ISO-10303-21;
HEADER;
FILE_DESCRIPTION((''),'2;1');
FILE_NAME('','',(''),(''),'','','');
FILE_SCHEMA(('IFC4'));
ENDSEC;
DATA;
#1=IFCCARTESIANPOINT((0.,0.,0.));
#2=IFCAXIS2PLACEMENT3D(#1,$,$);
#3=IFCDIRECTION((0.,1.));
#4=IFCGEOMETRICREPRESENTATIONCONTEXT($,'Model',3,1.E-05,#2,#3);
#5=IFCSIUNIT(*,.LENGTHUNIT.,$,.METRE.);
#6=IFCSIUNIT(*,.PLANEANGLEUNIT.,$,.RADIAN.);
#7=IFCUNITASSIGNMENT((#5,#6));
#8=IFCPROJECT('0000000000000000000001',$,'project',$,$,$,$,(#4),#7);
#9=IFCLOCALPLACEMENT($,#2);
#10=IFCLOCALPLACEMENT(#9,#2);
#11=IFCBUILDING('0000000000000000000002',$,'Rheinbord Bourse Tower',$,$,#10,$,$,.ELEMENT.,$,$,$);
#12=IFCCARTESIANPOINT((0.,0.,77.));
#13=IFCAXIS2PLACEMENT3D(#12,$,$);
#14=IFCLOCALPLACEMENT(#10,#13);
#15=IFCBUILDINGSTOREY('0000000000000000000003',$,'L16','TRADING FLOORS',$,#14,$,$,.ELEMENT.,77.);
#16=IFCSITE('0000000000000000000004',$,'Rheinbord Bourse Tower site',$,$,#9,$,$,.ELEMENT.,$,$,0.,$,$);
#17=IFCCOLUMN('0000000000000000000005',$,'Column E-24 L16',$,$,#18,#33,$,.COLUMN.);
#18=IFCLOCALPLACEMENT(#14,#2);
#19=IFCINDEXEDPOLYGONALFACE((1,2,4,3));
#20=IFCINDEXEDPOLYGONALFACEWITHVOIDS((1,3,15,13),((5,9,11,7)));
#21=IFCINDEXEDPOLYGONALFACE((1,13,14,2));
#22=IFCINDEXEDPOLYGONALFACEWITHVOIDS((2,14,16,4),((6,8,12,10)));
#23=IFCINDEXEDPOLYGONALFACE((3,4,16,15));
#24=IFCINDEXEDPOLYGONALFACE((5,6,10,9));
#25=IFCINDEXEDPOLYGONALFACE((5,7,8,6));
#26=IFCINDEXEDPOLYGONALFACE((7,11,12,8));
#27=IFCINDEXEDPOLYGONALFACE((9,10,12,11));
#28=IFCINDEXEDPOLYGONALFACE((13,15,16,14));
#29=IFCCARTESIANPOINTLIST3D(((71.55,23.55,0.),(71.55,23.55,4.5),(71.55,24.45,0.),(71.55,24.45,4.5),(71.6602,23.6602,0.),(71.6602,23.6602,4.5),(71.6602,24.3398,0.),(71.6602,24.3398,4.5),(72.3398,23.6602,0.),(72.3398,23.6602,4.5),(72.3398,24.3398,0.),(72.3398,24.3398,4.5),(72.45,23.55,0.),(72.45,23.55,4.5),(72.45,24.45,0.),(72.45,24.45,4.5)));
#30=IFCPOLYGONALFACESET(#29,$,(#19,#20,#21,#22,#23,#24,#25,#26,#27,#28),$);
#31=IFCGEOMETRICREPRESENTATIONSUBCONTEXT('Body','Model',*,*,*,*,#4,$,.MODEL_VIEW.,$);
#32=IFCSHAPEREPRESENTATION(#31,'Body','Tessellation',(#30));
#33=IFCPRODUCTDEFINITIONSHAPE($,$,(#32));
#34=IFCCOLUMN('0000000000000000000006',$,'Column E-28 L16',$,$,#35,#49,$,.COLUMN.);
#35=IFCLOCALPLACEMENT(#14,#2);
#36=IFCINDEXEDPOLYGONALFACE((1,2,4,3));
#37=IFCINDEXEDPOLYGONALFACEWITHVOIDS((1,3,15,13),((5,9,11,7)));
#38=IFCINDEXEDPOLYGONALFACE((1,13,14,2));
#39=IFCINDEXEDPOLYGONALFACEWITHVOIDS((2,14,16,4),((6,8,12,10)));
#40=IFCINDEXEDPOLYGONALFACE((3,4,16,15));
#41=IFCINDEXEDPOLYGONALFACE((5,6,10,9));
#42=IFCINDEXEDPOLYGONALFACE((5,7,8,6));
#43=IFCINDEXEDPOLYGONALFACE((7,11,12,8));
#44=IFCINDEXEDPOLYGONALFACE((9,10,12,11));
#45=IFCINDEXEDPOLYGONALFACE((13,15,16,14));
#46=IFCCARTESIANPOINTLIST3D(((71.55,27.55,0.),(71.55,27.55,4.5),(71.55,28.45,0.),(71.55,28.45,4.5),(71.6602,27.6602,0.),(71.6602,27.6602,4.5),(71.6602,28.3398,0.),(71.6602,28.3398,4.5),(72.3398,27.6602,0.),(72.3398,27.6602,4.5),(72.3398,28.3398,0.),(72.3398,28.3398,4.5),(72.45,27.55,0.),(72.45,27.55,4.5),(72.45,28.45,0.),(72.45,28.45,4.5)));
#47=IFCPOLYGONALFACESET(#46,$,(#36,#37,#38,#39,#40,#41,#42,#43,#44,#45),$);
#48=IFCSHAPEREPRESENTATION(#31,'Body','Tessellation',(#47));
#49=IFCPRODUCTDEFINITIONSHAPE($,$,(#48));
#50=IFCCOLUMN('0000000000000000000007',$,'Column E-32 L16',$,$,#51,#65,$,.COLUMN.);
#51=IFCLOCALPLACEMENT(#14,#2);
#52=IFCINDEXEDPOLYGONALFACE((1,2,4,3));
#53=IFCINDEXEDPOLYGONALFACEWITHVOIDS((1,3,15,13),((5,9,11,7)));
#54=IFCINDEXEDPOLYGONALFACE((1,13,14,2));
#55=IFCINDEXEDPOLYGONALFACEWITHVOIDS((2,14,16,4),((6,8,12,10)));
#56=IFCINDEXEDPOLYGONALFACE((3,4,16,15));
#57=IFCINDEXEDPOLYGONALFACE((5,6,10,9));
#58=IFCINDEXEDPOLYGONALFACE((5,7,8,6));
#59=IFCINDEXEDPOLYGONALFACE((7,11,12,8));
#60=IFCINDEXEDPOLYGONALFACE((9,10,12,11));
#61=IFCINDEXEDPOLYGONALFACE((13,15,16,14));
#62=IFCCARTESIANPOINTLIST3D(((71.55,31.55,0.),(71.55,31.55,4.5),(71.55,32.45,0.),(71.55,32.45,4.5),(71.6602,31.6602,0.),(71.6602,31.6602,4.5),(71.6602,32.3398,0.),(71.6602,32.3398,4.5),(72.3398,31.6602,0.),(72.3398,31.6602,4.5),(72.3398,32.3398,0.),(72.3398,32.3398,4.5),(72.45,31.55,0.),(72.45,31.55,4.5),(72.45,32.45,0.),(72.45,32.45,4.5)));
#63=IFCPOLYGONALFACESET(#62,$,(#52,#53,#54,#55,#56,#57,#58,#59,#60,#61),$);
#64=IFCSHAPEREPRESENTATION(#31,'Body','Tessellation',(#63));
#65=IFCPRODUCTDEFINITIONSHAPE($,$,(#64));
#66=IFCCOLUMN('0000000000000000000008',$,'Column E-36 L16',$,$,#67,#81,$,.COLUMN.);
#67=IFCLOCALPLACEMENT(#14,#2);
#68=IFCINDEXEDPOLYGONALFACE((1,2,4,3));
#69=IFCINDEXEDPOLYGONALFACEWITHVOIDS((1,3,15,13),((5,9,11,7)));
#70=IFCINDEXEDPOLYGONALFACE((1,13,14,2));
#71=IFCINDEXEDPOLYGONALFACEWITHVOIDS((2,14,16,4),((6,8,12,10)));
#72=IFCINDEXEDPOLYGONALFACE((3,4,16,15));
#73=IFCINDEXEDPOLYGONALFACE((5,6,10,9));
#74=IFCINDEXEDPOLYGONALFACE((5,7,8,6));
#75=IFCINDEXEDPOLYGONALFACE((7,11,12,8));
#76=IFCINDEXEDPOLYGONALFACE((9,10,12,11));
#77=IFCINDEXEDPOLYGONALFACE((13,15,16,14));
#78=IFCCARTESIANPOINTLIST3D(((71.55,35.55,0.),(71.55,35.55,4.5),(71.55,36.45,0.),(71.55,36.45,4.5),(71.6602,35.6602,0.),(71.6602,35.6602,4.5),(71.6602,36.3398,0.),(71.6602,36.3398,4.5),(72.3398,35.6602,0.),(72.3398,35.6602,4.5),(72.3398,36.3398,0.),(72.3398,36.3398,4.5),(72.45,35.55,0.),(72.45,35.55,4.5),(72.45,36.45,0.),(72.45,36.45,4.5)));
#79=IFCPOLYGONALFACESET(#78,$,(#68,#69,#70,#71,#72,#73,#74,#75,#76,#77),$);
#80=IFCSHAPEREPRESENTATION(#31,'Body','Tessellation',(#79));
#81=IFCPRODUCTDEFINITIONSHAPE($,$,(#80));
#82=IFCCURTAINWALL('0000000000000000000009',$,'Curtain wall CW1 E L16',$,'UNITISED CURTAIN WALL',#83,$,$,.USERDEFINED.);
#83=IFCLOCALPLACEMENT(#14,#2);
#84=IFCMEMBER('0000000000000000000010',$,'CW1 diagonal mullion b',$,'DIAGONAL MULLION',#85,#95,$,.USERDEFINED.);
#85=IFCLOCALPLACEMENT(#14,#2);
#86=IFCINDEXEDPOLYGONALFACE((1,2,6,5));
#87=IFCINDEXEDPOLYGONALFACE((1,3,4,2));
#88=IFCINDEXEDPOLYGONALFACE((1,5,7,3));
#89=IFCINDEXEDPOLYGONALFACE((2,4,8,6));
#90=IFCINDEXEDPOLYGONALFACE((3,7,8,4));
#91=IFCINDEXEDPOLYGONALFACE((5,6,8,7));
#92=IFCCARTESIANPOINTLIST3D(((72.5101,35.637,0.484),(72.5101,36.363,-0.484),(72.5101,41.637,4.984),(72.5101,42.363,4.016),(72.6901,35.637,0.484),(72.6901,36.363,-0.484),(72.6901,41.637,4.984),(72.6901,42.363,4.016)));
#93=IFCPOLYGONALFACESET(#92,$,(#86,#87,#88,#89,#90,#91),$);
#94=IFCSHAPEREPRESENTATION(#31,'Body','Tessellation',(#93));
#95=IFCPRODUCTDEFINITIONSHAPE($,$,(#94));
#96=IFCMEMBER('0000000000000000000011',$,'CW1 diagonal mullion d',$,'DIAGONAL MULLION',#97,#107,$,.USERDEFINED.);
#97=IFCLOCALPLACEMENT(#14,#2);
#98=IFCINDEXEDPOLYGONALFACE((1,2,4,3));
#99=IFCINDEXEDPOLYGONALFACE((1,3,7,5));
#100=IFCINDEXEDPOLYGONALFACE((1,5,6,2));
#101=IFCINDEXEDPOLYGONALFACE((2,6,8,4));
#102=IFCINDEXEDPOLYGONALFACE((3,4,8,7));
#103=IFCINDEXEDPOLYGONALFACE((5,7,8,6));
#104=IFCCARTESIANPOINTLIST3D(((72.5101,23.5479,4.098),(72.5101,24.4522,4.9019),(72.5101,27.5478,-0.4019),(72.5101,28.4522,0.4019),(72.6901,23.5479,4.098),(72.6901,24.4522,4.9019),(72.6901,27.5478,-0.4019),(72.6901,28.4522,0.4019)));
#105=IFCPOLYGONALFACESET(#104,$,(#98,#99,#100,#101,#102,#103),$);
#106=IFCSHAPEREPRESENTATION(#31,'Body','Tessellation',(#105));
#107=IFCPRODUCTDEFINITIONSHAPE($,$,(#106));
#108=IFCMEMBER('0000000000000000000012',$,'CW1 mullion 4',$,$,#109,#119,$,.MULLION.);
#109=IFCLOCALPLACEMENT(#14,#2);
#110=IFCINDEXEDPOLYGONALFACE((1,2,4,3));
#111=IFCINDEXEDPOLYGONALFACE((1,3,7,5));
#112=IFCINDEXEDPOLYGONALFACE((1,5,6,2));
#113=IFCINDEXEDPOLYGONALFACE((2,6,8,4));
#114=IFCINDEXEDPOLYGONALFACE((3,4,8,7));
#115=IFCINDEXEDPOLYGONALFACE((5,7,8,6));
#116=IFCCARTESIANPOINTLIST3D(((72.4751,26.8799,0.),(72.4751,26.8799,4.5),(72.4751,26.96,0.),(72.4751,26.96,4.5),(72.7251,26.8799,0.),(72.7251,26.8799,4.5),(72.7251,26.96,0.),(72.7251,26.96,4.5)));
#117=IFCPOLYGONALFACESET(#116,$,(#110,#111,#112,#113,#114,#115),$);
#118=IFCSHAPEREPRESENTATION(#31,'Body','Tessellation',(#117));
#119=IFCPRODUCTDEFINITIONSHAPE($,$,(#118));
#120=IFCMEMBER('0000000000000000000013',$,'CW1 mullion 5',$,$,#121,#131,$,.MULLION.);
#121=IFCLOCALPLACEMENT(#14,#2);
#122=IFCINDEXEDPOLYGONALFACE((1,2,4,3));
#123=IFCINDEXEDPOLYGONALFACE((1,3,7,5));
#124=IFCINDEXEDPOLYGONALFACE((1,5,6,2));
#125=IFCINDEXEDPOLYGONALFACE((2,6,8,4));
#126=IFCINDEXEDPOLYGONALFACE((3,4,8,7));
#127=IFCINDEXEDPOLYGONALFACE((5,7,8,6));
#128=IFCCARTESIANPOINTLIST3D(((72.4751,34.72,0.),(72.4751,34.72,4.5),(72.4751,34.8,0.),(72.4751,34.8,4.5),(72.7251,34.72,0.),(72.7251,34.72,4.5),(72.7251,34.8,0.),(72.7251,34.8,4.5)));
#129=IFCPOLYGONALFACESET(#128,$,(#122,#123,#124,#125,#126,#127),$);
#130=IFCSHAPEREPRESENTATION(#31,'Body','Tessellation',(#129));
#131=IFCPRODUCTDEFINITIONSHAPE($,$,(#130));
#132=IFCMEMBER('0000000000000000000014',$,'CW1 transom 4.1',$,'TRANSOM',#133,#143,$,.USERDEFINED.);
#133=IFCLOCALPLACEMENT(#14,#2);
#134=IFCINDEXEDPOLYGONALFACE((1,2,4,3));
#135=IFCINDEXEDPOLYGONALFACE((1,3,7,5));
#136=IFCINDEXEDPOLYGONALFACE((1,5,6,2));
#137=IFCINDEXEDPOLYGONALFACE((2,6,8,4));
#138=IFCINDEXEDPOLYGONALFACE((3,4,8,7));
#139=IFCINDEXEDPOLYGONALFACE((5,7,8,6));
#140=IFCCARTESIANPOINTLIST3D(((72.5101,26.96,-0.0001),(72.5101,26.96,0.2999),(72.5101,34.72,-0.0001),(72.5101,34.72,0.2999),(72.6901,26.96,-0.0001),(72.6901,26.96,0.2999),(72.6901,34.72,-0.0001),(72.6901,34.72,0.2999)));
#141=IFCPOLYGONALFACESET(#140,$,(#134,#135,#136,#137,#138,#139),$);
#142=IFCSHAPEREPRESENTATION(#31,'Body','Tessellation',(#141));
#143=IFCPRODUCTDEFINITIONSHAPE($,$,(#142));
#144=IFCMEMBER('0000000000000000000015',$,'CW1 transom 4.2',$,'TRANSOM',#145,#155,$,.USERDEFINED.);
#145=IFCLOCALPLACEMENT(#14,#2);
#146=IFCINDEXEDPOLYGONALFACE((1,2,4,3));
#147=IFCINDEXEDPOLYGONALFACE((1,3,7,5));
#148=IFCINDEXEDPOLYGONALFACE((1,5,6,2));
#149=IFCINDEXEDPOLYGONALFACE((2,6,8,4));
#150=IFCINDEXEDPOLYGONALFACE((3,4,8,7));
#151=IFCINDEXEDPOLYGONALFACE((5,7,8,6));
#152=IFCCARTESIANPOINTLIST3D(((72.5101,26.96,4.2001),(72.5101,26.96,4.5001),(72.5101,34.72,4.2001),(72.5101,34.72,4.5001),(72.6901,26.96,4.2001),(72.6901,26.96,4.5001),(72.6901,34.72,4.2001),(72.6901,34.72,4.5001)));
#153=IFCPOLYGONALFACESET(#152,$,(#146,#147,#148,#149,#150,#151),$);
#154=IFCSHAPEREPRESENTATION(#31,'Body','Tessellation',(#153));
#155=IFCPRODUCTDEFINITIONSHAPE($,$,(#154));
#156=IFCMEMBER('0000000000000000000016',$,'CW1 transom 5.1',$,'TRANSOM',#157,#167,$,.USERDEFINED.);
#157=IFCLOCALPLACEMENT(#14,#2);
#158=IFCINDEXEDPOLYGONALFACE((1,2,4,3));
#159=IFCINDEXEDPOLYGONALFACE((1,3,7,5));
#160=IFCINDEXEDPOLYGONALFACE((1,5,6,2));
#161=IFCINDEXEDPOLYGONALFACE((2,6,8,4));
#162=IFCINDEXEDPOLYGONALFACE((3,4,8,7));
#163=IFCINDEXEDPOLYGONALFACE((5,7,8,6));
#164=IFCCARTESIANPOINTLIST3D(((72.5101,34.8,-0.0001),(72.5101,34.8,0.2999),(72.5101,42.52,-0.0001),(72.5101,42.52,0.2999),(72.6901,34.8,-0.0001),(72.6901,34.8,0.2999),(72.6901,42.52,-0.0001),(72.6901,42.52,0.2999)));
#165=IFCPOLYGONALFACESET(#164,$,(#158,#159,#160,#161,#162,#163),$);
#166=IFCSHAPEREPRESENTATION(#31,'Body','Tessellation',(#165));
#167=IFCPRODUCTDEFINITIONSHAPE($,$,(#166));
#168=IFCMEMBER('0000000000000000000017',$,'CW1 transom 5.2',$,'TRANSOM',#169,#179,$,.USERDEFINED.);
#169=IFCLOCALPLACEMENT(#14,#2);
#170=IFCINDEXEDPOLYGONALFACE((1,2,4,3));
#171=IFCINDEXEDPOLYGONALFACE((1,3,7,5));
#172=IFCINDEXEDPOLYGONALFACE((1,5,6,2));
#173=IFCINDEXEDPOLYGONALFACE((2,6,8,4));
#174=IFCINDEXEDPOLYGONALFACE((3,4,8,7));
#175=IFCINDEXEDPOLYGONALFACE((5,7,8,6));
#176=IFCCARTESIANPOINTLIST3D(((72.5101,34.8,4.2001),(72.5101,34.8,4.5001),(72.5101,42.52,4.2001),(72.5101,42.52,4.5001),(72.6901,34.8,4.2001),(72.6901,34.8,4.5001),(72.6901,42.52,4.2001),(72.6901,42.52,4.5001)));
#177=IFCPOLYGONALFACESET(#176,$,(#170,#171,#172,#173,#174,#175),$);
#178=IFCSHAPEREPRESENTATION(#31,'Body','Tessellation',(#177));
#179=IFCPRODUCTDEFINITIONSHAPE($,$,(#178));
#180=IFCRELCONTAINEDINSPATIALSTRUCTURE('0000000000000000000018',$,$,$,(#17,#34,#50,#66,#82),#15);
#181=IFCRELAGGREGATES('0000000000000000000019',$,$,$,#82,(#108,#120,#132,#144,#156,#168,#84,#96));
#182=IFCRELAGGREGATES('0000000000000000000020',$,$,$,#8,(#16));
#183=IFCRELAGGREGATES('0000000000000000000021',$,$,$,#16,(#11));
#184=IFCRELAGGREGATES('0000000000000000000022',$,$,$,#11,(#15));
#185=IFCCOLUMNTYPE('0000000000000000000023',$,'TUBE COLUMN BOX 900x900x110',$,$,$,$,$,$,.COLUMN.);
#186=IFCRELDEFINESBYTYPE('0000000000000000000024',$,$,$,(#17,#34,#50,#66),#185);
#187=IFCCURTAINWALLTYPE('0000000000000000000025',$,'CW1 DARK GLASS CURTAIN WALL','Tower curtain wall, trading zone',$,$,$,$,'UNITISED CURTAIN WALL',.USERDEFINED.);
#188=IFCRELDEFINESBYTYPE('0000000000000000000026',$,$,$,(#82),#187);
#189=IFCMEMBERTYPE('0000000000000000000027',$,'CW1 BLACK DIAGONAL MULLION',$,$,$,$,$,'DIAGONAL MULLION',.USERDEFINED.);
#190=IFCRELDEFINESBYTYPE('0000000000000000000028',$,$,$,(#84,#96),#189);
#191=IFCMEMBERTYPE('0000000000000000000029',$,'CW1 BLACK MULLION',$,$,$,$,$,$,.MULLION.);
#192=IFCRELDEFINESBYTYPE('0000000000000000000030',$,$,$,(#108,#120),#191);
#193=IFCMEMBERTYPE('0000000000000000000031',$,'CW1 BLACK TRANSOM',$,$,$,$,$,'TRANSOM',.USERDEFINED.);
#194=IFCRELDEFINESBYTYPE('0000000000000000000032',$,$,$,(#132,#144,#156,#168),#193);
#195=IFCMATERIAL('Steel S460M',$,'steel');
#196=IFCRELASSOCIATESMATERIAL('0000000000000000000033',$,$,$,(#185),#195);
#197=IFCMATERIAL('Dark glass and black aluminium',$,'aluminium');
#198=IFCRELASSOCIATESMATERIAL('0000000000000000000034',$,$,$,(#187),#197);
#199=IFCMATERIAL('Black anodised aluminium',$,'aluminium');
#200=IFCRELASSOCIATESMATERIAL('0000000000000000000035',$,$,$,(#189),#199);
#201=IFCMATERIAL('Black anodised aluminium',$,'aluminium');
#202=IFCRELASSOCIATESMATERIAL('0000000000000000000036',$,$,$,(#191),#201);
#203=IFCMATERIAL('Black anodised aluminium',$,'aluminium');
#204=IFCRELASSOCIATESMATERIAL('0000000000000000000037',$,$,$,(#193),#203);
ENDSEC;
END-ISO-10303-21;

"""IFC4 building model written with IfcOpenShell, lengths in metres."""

from ifc_helpers import new_model, si_unit, direction, frame, origin, origin_2d, place, context, subcontext, project, spatial, rectangle, hollow_rectangle, extrude, material, material_profile, profile_set, type_object, element, aggregate, save


model = new_model("IFC4")

# Units and contexts
model_context = context("Model", 3, precision=1e-05, world=origin(), true_north=direction((0.0, 1.0)))
body_context = subcontext(model_context, "Body", "Model", "MODEL_VIEW")
ifc_project = project(units=[si_unit("LENGTHUNIT", "METRE"), si_unit("PLANEANGLEUNIT", "RADIAN")], contexts=[model_context])

# Site, building, storey
site_placement = place(None, origin())
site = spatial("IfcSite", under=ifc_project, at=site_placement, Name="Rheinbord Bourse Tower site", CompositionType="ELEMENT", RefElevation=0.0)
building_placement = place(site_placement, origin())
building = spatial("IfcBuilding", under=site, at=building_placement, Name="Rheinbord Bourse Tower", CompositionType="ELEMENT")
storey_placement = place(building_placement, frame((0.0, 0.0, 77.0)))
storey = spatial("IfcBuildingStorey", under=building, at=storey_placement, Name="L16", Description="TRADING FLOORS", CompositionType="ELEMENT", Elevation=77.0)

# Columns
ifc_material_1 = material(Name="Steel S460M", Category="steel")
ifc_material_profile_1 = material_profile(ifc_material_1, hollow_rectangle(XDim=0.8999, YDim=0.8999, WallThickness=0.1101, at=origin_2d()), Name="BOX 900x900x110")
ifc_profile_set_1 = profile_set([ifc_material_profile_1], Name="Steel S460M")
column_type = type_object("IfcColumnType", Name="TUBE COLUMN BOX 900x900x110", PredefinedType="COLUMN", material=ifc_profile_set_1)
for number, where, z_axis, x_axis, name in (
    (1, (72.0, 24.0, 0.0), (0.0, 0.0, 1.0), (1.0, 0.0, 0.0), "Column E-24 L16"),
    (2, (72.0, 28.0, 0.0), (0.0, 0.0, 1.0), (1.0, 0.0, 0.0), "Column E-28 L16"),
    (3, (72.0, 32.0, 0.0), (0.0, 0.0, 1.0), (1.0, 0.0, 0.0), "Column E-32 L16"),
    (4, (72.0, 36.0, 0.0), (0.0, 0.0, 1.0), (1.0, 0.0, 0.0), "Column E-36 L16"),
):
    element("IfcColumn", number, at=place(storey_placement, frame(where, z_axis=z_axis, x_axis=x_axis)), inside=storey, type_object=column_type, Name=name, PredefinedType="COLUMN", context=body_context, shape_type="SweptSolid", body=[
        extrude(hollow_rectangle(XDim=0.8999, YDim=0.8999, WallThickness=0.1101, at=origin_2d()), origin(), (0.0, 0.0, 1.0), 4.5),
    ])

# Curtain wall, members
ifc_material_2 = material(Name="Dark glass and black aluminium", Category="aluminium")
curtain_wall_type = type_object("IfcCurtainWallType", Name="CW1 DARK GLASS CURTAIN WALL", Description="Tower curtain wall, trading zone", ElementType="UNITISED CURTAIN WALL", PredefinedType="USERDEFINED", material=ifc_material_2)
curtain_wall_placement = place(storey_placement, origin())
curtain_wall = element("IfcCurtainWall", 5, at=curtain_wall_placement, inside=storey, type_object=curtain_wall_type, Name="Curtain wall CW1 E L16", ObjectType="UNITISED CURTAIN WALL", PredefinedType="USERDEFINED")
ifc_material_3 = material(Name="Black anodised aluminium", Category="aluminium")
ifc_material_profile_2 = material_profile(ifc_material_3, rectangle(XDim=0.1799, YDim=1.21, at=origin_2d()), Name="CW1 DIAGONAL MULLION 1210x180")
ifc_profile_set_2 = profile_set([ifc_material_profile_2], Name="Black anodised aluminium")
member_type_1 = type_object("IfcMemberType", Name="CW1 BLACK DIAGONAL MULLION", ElementType="DIAGONAL MULLION", PredefinedType="USERDEFINED", material=ifc_profile_set_2)
member_1_placement = place(storey_placement, frame((72.6001, 36.0, 0.0), z_axis=(0.0, 0.8, 0.6), x_axis=(-1.0, 0.0, 0.0)))
member_1 = element("IfcMember", 6, at=member_1_placement, type_object=member_type_1, Name="CW1 diagonal mullion b", ObjectType="DIAGONAL MULLION", PredefinedType="USERDEFINED", context=body_context, shape_type="SweptSolid", body=[
    extrude(rectangle(XDim=0.1799, YDim=1.21, at=origin_2d()), origin(), (0.0, 0.0, 1.0), 7.5),
])
member_2_placement = place(storey_placement, frame((72.6001, 28.0, 0.0), z_axis=(0.0, -0.664364, 0.747409), x_axis=(1.0, 0.0, 0.0)))
member_2 = element("IfcMember", 7, at=member_2_placement, type_object=member_type_1, Name="CW1 diagonal mullion d", ObjectType="DIAGONAL MULLION", PredefinedType="USERDEFINED", context=body_context, shape_type="SweptSolid", body=[
    extrude(rectangle(XDim=0.1799, YDim=1.21, at=origin_2d()), origin(), (0.0, 0.0, 1.0), 6.0208),
])
ifc_material_4 = material(Name="Black anodised aluminium", Category="aluminium")
ifc_material_profile_3 = material_profile(ifc_material_4, rectangle(XDim=0.25, YDim=0.0801, at=origin_2d()), Name="CW1 MULLION 80x250")
ifc_profile_set_3 = profile_set([ifc_material_profile_3], Name="Black anodised aluminium")
member_type_2 = type_object("IfcMemberType", Name="CW1 BLACK MULLION", PredefinedType="MULLION", material=ifc_profile_set_3)
member_3_placement = place(storey_placement, frame((72.6001, 26.9199, 0.0), z_axis=(0.0, 0.0, 1.0), x_axis=(-1.0, 0.0, 0.0)))
member_3 = element("IfcMember", 8, at=member_3_placement, type_object=member_type_2, Name="CW1 mullion 4", PredefinedType="MULLION", context=body_context, shape_type="SweptSolid", body=[
    extrude(rectangle(XDim=0.25, YDim=0.0801, at=origin_2d()), origin(), (0.0, 0.0, 1.0), 4.5),
])
member_4_placement = place(storey_placement, frame((72.6001, 34.76, 0.0), z_axis=(0.0, 0.0, 1.0), x_axis=(-1.0, 0.0, 0.0)))
member_4 = element("IfcMember", 9, at=member_4_placement, type_object=member_type_2, Name="CW1 mullion 5", PredefinedType="MULLION", context=body_context, shape_type="SweptSolid", body=[
    extrude(rectangle(XDim=0.25, YDim=0.0801, at=origin_2d()), origin(), (0.0, 0.0, 1.0), 4.5),
])
ifc_material_5 = material(Name="Black anodised aluminium", Category="aluminium")
ifc_material_profile_4 = material_profile(ifc_material_5, rectangle(XDim=0.1799, YDim=0.3, at=origin_2d()), Name="CW1 TRANSOM 300x180")
ifc_profile_set_4 = profile_set([ifc_material_profile_4], Name="Black anodised aluminium")
member_type_3 = type_object("IfcMemberType", Name="CW1 BLACK TRANSOM", ElementType="TRANSOM", PredefinedType="USERDEFINED", material=ifc_profile_set_4)
member_5_placement = place(storey_placement, frame((72.6001, 26.96, 0.1499), z_axis=(0.0, 1.0, 0.0), x_axis=(-1.0, 0.0, 0.0)))
member_5 = element("IfcMember", 10, at=member_5_placement, type_object=member_type_3, Name="CW1 transom 4.1", ObjectType="TRANSOM", PredefinedType="USERDEFINED", context=body_context, shape_type="SweptSolid", body=[
    extrude(rectangle(XDim=0.1799, YDim=0.3, at=origin_2d()), origin(), (0.0, 0.0, 1.0), 7.76),
])
member_6_placement = place(storey_placement, frame((72.6001, 26.96, 4.3501), z_axis=(0.0, 1.0, 0.0), x_axis=(-1.0, 0.0, 0.0)))
member_6 = element("IfcMember", 11, at=member_6_placement, type_object=member_type_3, Name="CW1 transom 4.2", ObjectType="TRANSOM", PredefinedType="USERDEFINED", context=body_context, shape_type="SweptSolid", body=[
    extrude(rectangle(XDim=0.1799, YDim=0.3, at=origin_2d()), origin(), (0.0, 0.0, 1.0), 7.76),
])
member_7_placement = place(storey_placement, frame((72.6001, 34.8, 0.1499), z_axis=(0.0, 1.0, 0.0), x_axis=(-1.0, 0.0, 0.0)))
member_7 = element("IfcMember", 12, at=member_7_placement, type_object=member_type_3, Name="CW1 transom 5.1", ObjectType="TRANSOM", PredefinedType="USERDEFINED", context=body_context, shape_type="SweptSolid", body=[
    extrude(rectangle(XDim=0.1799, YDim=0.3, at=origin_2d()), origin(), (0.0, 0.0, 1.0), 7.72),
])
member_8_placement = place(storey_placement, frame((72.6001, 34.8, 4.3501), z_axis=(0.0, 1.0, 0.0), x_axis=(-1.0, 0.0, 0.0)))
member_8 = element("IfcMember", 13, at=member_8_placement, type_object=member_type_3, Name="CW1 transom 5.2", ObjectType="TRANSOM", PredefinedType="USERDEFINED", context=body_context, shape_type="SweptSolid", body=[
    extrude(rectangle(XDim=0.1799, YDim=0.3, at=origin_2d()), origin(), (0.0, 0.0, 1.0), 7.72),
])

aggregate(curtain_wall, [member_3, member_4, member_5, member_6, member_7, member_8, member_1, member_2])

save(model, "model.ifc")
